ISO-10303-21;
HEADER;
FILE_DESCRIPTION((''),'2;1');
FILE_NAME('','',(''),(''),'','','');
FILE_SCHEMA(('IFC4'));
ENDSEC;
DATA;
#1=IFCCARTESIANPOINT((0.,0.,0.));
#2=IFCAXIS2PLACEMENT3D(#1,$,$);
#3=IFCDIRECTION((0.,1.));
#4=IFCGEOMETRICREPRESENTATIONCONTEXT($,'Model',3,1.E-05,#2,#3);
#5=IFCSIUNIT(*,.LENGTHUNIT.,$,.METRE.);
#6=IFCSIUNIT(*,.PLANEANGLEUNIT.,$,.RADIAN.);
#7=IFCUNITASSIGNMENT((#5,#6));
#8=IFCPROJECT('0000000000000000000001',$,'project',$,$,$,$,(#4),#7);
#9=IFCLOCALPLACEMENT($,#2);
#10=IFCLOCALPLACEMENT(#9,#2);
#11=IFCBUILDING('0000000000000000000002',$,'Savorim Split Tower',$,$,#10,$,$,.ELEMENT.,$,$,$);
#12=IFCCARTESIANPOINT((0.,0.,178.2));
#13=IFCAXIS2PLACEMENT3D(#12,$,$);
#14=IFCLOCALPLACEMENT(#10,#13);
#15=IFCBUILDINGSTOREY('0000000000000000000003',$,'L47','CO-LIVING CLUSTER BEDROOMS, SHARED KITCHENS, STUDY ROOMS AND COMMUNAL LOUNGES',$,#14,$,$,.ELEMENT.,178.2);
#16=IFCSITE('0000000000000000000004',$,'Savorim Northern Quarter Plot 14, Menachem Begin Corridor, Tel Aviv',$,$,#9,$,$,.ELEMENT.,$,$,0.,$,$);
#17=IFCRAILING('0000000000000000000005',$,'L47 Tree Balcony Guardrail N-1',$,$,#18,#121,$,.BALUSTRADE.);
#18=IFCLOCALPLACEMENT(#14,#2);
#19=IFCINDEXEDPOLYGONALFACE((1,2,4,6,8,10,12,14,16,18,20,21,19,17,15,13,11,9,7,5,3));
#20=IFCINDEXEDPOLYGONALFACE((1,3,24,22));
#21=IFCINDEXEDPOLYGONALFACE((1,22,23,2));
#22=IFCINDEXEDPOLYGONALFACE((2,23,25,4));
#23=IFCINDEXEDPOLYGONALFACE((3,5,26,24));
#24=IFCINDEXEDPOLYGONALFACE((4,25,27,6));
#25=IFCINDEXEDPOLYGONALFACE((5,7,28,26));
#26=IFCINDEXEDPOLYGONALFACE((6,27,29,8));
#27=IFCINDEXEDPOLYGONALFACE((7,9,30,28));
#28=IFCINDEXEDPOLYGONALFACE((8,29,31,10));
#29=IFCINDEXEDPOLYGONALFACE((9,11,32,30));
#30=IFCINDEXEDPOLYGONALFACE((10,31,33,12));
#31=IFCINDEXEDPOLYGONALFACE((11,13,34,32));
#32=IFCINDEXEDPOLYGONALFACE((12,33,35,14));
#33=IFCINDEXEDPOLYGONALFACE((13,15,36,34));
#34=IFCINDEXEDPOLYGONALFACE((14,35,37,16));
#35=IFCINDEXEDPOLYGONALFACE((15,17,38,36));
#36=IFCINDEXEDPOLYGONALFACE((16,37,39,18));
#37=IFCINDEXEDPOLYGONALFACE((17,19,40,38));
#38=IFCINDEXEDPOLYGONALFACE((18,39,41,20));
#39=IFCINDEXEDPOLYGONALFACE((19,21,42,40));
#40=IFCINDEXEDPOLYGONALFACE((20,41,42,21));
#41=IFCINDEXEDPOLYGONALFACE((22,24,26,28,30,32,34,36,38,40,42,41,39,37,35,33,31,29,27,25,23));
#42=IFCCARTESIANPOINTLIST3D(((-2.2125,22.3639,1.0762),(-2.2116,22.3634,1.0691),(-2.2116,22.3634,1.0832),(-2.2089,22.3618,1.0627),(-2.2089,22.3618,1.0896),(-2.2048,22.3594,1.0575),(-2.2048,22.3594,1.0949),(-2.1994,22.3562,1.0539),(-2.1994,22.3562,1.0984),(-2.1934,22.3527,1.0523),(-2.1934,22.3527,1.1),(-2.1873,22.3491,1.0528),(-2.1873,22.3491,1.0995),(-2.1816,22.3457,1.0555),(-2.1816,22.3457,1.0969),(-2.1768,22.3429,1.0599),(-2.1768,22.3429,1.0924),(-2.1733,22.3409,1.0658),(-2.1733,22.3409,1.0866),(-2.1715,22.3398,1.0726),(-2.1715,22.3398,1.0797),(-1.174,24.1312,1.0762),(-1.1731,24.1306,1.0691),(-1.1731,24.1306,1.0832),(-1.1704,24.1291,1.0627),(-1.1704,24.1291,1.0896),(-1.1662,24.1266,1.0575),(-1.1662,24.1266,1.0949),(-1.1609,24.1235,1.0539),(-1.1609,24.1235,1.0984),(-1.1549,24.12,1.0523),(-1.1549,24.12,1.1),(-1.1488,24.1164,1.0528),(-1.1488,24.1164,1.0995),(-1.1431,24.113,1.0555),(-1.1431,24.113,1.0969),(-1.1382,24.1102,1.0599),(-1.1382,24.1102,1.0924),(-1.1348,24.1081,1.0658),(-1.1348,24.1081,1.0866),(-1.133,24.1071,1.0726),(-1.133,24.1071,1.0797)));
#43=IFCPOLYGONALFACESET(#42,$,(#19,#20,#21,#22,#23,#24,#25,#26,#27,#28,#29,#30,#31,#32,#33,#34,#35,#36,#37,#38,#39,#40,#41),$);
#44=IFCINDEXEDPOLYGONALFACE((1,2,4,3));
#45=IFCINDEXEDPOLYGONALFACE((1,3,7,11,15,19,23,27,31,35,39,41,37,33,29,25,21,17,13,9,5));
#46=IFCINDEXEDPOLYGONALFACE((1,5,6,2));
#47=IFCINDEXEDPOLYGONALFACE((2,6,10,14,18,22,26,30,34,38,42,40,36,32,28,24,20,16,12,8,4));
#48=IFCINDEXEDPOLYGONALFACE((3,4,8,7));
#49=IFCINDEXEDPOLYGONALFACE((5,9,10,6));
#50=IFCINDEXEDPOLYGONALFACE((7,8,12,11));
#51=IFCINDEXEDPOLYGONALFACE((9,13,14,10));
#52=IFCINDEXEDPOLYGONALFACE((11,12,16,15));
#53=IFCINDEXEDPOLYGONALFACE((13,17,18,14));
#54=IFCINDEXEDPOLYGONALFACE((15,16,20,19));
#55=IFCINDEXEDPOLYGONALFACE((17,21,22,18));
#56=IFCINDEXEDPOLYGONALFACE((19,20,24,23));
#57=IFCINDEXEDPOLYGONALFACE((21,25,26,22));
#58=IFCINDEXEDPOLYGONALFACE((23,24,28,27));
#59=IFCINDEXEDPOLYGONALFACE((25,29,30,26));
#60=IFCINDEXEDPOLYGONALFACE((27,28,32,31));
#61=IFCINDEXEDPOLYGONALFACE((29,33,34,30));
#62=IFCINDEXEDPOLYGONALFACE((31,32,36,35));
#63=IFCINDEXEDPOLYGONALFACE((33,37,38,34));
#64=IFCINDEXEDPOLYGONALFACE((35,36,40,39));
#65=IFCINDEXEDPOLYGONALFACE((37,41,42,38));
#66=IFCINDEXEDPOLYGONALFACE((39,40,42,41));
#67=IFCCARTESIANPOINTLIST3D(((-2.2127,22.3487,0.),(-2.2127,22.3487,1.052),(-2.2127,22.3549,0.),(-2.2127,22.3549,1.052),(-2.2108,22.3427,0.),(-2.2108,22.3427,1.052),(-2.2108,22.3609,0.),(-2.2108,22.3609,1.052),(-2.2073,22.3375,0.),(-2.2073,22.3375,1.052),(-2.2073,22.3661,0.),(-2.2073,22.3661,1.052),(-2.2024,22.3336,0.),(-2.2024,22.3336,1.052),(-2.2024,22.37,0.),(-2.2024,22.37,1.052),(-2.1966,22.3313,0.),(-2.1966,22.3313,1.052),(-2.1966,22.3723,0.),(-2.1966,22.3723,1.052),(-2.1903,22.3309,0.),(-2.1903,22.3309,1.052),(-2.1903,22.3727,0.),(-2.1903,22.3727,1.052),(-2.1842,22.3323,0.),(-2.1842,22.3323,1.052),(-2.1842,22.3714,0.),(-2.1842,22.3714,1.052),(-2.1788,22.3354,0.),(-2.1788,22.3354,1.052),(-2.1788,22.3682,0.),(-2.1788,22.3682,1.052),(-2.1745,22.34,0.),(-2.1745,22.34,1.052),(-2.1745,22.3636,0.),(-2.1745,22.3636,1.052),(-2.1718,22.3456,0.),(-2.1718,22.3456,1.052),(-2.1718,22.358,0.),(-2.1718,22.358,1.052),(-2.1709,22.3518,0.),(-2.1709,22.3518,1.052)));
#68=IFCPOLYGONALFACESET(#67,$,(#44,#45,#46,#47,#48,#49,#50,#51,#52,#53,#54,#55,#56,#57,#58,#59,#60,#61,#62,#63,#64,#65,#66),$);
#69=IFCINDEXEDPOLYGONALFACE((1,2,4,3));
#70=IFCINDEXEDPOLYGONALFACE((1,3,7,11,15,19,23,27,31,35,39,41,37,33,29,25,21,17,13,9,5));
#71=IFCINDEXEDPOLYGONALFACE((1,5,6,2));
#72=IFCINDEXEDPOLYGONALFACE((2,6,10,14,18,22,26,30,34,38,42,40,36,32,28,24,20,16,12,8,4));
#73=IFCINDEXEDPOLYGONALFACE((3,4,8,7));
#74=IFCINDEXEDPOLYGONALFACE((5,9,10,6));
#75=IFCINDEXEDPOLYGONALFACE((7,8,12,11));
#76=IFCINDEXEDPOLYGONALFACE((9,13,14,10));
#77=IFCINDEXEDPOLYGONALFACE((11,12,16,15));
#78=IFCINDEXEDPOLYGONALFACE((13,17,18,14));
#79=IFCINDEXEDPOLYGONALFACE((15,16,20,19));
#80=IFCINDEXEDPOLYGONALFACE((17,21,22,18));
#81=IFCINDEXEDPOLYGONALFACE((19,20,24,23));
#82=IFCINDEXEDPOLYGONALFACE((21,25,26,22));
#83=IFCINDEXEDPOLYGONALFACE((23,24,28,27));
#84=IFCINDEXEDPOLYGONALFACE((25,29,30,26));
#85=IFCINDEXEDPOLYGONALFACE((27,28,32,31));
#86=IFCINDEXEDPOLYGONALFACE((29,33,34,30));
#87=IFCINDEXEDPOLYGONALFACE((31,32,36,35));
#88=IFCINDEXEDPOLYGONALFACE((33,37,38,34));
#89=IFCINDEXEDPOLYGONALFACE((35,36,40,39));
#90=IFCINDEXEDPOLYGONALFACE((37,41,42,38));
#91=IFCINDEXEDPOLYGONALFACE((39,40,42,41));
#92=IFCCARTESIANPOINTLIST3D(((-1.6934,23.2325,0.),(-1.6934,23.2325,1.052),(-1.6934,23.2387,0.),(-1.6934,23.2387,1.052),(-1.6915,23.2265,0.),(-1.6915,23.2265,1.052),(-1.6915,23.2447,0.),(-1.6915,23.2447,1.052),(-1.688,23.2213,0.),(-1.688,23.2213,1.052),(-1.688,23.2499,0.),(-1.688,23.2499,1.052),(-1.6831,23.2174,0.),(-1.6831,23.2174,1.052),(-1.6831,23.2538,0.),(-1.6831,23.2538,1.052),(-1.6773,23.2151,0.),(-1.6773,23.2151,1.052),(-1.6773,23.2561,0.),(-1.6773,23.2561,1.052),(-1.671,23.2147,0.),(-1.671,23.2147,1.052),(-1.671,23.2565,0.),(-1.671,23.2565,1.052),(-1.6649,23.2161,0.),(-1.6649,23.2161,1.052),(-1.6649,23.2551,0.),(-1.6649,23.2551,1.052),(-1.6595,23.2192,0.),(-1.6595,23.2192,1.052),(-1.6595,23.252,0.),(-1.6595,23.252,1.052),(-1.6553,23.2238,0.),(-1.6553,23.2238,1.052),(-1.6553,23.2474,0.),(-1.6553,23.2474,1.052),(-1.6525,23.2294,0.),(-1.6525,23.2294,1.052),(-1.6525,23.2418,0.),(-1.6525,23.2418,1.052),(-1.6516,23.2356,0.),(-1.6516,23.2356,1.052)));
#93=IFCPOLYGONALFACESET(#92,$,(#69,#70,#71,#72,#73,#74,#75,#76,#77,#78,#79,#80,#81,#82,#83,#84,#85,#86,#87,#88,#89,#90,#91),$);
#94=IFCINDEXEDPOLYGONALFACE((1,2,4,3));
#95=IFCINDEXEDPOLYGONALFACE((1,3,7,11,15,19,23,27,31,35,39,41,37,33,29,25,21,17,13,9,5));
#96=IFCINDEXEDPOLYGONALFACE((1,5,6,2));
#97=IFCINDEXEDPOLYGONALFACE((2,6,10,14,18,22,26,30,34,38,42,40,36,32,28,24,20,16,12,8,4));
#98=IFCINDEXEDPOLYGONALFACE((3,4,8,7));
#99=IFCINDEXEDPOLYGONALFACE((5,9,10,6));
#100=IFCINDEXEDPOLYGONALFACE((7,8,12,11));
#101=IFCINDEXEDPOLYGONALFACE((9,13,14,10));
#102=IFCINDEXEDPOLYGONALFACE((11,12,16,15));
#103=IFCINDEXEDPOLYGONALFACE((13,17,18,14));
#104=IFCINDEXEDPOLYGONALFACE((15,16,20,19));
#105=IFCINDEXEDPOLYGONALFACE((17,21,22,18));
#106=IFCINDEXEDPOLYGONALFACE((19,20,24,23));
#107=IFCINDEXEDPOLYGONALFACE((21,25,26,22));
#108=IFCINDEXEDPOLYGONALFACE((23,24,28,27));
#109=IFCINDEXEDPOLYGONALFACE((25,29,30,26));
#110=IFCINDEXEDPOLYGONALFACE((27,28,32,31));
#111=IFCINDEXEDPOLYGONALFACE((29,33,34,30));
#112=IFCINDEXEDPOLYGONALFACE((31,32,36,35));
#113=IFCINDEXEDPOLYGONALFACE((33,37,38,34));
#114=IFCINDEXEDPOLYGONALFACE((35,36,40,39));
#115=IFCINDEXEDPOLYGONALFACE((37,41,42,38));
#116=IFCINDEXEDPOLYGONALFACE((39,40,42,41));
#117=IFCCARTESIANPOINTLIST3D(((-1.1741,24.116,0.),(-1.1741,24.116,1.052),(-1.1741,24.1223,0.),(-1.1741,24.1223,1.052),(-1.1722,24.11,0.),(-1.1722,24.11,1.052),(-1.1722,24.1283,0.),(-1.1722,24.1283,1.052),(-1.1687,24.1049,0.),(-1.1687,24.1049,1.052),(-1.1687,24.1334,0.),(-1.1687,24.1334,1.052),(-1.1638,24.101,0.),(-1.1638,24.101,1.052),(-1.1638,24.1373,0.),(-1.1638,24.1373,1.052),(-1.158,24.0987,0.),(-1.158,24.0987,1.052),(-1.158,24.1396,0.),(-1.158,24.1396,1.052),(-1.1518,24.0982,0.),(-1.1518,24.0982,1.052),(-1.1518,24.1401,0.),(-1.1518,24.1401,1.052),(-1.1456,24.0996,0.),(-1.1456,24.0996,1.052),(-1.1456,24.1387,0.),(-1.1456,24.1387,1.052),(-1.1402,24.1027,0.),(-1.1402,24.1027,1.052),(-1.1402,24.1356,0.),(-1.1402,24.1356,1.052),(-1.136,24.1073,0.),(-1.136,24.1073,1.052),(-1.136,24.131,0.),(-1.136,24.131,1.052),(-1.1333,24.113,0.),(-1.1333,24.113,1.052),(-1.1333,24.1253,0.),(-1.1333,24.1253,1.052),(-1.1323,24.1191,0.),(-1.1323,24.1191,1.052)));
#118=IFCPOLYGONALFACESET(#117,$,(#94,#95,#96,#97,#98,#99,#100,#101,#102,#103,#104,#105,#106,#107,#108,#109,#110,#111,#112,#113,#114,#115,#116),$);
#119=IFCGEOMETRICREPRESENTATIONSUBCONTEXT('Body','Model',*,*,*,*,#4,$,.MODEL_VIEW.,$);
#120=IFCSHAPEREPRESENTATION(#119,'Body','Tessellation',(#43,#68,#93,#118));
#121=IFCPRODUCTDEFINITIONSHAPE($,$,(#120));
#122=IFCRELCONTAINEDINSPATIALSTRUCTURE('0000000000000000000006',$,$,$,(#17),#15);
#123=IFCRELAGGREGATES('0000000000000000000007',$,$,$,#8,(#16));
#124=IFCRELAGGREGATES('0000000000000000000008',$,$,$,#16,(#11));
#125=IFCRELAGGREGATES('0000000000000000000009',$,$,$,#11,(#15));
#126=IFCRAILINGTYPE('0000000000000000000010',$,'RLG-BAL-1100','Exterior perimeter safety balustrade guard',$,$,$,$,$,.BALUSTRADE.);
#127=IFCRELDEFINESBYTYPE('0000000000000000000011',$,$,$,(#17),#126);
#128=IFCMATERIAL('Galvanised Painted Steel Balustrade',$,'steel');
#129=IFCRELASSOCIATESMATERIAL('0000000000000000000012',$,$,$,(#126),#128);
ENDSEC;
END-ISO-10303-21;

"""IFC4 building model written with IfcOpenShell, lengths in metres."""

from ifc_helpers import new_model, si_unit, direction, frame, origin, origin_2d, place, context, subcontext, project, spatial, circle, extrude, material, type_object, element, save


model = new_model("IFC4")

# Units and contexts
model_context = context("Model", 3, precision=1e-05, world=origin(), true_north=direction((0.0, 1.0)))
body_context = subcontext(model_context, "Body", "Model", "MODEL_VIEW")
ifc_project = project(units=[si_unit("LENGTHUNIT", "METRE"), si_unit("PLANEANGLEUNIT", "RADIAN")], contexts=[model_context])

# Site, building, storey
site_placement = place(None, origin())
site = spatial("IfcSite", under=ifc_project, at=site_placement, Name="Savorim Northern Quarter Plot 14, Menachem Begin Corridor, Tel Aviv", CompositionType="ELEMENT", RefElevation=0.0)
building_placement = place(site_placement, origin())
building = spatial("IfcBuilding", under=site, at=building_placement, Name="Savorim Split Tower", CompositionType="ELEMENT")
storey_placement = place(building_placement, frame((0.0, 0.0, 178.2)))
storey = spatial("IfcBuildingStorey", under=building, at=storey_placement, Name="L47", Description="CO-LIVING CLUSTER BEDROOMS, SHARED KITCHENS, STUDY ROOMS AND COMMUNAL LOUNGES", CompositionType="ELEMENT", Elevation=178.2)

# Railing
ifc_material_1 = material(Name="Galvanised Painted Steel Balustrade", Category="steel")
railing_type = type_object("IfcRailingType", Name="RLG-BAL-1100", Description="Exterior perimeter safety balustrade guard", PredefinedType="BALUSTRADE", material=ifc_material_1)
railing_1_placement = place(storey_placement, frame((-2.1919, 22.3518, 0.0)))
element("IfcRailing", 1, at=railing_1_placement, inside=storey, type_object=railing_type, Name="L47 Tree Balcony Guardrail N-1", PredefinedType="BALUSTRADE", context=body_context, shape_type="SweptSolid", body=[
    extrude(circle(Radius=0.0239, at=origin_2d()), frame((0.0, 0.0, 1.0762), z_axis=(0.506645, 0.862155, 0.0), x_axis=(-0.862155, 0.506645, 0.0)), (0.0, 0.0, 1.0), 2.0498),
    extrude(circle(Radius=0.021, at=origin_2d()), origin(), (0.0, 0.0, 1.0), 1.052),
    extrude(circle(Radius=0.021, at=origin_2d()), frame((0.5193, 0.8838, 0.0)), (0.0, 0.0, 1.0), 1.052),
    extrude(circle(Radius=0.021, at=origin_2d()), frame((1.0386, 1.7673, 0.0)), (0.0, 0.0, 1.0), 1.052),
])

save(model, "model.ifc")
